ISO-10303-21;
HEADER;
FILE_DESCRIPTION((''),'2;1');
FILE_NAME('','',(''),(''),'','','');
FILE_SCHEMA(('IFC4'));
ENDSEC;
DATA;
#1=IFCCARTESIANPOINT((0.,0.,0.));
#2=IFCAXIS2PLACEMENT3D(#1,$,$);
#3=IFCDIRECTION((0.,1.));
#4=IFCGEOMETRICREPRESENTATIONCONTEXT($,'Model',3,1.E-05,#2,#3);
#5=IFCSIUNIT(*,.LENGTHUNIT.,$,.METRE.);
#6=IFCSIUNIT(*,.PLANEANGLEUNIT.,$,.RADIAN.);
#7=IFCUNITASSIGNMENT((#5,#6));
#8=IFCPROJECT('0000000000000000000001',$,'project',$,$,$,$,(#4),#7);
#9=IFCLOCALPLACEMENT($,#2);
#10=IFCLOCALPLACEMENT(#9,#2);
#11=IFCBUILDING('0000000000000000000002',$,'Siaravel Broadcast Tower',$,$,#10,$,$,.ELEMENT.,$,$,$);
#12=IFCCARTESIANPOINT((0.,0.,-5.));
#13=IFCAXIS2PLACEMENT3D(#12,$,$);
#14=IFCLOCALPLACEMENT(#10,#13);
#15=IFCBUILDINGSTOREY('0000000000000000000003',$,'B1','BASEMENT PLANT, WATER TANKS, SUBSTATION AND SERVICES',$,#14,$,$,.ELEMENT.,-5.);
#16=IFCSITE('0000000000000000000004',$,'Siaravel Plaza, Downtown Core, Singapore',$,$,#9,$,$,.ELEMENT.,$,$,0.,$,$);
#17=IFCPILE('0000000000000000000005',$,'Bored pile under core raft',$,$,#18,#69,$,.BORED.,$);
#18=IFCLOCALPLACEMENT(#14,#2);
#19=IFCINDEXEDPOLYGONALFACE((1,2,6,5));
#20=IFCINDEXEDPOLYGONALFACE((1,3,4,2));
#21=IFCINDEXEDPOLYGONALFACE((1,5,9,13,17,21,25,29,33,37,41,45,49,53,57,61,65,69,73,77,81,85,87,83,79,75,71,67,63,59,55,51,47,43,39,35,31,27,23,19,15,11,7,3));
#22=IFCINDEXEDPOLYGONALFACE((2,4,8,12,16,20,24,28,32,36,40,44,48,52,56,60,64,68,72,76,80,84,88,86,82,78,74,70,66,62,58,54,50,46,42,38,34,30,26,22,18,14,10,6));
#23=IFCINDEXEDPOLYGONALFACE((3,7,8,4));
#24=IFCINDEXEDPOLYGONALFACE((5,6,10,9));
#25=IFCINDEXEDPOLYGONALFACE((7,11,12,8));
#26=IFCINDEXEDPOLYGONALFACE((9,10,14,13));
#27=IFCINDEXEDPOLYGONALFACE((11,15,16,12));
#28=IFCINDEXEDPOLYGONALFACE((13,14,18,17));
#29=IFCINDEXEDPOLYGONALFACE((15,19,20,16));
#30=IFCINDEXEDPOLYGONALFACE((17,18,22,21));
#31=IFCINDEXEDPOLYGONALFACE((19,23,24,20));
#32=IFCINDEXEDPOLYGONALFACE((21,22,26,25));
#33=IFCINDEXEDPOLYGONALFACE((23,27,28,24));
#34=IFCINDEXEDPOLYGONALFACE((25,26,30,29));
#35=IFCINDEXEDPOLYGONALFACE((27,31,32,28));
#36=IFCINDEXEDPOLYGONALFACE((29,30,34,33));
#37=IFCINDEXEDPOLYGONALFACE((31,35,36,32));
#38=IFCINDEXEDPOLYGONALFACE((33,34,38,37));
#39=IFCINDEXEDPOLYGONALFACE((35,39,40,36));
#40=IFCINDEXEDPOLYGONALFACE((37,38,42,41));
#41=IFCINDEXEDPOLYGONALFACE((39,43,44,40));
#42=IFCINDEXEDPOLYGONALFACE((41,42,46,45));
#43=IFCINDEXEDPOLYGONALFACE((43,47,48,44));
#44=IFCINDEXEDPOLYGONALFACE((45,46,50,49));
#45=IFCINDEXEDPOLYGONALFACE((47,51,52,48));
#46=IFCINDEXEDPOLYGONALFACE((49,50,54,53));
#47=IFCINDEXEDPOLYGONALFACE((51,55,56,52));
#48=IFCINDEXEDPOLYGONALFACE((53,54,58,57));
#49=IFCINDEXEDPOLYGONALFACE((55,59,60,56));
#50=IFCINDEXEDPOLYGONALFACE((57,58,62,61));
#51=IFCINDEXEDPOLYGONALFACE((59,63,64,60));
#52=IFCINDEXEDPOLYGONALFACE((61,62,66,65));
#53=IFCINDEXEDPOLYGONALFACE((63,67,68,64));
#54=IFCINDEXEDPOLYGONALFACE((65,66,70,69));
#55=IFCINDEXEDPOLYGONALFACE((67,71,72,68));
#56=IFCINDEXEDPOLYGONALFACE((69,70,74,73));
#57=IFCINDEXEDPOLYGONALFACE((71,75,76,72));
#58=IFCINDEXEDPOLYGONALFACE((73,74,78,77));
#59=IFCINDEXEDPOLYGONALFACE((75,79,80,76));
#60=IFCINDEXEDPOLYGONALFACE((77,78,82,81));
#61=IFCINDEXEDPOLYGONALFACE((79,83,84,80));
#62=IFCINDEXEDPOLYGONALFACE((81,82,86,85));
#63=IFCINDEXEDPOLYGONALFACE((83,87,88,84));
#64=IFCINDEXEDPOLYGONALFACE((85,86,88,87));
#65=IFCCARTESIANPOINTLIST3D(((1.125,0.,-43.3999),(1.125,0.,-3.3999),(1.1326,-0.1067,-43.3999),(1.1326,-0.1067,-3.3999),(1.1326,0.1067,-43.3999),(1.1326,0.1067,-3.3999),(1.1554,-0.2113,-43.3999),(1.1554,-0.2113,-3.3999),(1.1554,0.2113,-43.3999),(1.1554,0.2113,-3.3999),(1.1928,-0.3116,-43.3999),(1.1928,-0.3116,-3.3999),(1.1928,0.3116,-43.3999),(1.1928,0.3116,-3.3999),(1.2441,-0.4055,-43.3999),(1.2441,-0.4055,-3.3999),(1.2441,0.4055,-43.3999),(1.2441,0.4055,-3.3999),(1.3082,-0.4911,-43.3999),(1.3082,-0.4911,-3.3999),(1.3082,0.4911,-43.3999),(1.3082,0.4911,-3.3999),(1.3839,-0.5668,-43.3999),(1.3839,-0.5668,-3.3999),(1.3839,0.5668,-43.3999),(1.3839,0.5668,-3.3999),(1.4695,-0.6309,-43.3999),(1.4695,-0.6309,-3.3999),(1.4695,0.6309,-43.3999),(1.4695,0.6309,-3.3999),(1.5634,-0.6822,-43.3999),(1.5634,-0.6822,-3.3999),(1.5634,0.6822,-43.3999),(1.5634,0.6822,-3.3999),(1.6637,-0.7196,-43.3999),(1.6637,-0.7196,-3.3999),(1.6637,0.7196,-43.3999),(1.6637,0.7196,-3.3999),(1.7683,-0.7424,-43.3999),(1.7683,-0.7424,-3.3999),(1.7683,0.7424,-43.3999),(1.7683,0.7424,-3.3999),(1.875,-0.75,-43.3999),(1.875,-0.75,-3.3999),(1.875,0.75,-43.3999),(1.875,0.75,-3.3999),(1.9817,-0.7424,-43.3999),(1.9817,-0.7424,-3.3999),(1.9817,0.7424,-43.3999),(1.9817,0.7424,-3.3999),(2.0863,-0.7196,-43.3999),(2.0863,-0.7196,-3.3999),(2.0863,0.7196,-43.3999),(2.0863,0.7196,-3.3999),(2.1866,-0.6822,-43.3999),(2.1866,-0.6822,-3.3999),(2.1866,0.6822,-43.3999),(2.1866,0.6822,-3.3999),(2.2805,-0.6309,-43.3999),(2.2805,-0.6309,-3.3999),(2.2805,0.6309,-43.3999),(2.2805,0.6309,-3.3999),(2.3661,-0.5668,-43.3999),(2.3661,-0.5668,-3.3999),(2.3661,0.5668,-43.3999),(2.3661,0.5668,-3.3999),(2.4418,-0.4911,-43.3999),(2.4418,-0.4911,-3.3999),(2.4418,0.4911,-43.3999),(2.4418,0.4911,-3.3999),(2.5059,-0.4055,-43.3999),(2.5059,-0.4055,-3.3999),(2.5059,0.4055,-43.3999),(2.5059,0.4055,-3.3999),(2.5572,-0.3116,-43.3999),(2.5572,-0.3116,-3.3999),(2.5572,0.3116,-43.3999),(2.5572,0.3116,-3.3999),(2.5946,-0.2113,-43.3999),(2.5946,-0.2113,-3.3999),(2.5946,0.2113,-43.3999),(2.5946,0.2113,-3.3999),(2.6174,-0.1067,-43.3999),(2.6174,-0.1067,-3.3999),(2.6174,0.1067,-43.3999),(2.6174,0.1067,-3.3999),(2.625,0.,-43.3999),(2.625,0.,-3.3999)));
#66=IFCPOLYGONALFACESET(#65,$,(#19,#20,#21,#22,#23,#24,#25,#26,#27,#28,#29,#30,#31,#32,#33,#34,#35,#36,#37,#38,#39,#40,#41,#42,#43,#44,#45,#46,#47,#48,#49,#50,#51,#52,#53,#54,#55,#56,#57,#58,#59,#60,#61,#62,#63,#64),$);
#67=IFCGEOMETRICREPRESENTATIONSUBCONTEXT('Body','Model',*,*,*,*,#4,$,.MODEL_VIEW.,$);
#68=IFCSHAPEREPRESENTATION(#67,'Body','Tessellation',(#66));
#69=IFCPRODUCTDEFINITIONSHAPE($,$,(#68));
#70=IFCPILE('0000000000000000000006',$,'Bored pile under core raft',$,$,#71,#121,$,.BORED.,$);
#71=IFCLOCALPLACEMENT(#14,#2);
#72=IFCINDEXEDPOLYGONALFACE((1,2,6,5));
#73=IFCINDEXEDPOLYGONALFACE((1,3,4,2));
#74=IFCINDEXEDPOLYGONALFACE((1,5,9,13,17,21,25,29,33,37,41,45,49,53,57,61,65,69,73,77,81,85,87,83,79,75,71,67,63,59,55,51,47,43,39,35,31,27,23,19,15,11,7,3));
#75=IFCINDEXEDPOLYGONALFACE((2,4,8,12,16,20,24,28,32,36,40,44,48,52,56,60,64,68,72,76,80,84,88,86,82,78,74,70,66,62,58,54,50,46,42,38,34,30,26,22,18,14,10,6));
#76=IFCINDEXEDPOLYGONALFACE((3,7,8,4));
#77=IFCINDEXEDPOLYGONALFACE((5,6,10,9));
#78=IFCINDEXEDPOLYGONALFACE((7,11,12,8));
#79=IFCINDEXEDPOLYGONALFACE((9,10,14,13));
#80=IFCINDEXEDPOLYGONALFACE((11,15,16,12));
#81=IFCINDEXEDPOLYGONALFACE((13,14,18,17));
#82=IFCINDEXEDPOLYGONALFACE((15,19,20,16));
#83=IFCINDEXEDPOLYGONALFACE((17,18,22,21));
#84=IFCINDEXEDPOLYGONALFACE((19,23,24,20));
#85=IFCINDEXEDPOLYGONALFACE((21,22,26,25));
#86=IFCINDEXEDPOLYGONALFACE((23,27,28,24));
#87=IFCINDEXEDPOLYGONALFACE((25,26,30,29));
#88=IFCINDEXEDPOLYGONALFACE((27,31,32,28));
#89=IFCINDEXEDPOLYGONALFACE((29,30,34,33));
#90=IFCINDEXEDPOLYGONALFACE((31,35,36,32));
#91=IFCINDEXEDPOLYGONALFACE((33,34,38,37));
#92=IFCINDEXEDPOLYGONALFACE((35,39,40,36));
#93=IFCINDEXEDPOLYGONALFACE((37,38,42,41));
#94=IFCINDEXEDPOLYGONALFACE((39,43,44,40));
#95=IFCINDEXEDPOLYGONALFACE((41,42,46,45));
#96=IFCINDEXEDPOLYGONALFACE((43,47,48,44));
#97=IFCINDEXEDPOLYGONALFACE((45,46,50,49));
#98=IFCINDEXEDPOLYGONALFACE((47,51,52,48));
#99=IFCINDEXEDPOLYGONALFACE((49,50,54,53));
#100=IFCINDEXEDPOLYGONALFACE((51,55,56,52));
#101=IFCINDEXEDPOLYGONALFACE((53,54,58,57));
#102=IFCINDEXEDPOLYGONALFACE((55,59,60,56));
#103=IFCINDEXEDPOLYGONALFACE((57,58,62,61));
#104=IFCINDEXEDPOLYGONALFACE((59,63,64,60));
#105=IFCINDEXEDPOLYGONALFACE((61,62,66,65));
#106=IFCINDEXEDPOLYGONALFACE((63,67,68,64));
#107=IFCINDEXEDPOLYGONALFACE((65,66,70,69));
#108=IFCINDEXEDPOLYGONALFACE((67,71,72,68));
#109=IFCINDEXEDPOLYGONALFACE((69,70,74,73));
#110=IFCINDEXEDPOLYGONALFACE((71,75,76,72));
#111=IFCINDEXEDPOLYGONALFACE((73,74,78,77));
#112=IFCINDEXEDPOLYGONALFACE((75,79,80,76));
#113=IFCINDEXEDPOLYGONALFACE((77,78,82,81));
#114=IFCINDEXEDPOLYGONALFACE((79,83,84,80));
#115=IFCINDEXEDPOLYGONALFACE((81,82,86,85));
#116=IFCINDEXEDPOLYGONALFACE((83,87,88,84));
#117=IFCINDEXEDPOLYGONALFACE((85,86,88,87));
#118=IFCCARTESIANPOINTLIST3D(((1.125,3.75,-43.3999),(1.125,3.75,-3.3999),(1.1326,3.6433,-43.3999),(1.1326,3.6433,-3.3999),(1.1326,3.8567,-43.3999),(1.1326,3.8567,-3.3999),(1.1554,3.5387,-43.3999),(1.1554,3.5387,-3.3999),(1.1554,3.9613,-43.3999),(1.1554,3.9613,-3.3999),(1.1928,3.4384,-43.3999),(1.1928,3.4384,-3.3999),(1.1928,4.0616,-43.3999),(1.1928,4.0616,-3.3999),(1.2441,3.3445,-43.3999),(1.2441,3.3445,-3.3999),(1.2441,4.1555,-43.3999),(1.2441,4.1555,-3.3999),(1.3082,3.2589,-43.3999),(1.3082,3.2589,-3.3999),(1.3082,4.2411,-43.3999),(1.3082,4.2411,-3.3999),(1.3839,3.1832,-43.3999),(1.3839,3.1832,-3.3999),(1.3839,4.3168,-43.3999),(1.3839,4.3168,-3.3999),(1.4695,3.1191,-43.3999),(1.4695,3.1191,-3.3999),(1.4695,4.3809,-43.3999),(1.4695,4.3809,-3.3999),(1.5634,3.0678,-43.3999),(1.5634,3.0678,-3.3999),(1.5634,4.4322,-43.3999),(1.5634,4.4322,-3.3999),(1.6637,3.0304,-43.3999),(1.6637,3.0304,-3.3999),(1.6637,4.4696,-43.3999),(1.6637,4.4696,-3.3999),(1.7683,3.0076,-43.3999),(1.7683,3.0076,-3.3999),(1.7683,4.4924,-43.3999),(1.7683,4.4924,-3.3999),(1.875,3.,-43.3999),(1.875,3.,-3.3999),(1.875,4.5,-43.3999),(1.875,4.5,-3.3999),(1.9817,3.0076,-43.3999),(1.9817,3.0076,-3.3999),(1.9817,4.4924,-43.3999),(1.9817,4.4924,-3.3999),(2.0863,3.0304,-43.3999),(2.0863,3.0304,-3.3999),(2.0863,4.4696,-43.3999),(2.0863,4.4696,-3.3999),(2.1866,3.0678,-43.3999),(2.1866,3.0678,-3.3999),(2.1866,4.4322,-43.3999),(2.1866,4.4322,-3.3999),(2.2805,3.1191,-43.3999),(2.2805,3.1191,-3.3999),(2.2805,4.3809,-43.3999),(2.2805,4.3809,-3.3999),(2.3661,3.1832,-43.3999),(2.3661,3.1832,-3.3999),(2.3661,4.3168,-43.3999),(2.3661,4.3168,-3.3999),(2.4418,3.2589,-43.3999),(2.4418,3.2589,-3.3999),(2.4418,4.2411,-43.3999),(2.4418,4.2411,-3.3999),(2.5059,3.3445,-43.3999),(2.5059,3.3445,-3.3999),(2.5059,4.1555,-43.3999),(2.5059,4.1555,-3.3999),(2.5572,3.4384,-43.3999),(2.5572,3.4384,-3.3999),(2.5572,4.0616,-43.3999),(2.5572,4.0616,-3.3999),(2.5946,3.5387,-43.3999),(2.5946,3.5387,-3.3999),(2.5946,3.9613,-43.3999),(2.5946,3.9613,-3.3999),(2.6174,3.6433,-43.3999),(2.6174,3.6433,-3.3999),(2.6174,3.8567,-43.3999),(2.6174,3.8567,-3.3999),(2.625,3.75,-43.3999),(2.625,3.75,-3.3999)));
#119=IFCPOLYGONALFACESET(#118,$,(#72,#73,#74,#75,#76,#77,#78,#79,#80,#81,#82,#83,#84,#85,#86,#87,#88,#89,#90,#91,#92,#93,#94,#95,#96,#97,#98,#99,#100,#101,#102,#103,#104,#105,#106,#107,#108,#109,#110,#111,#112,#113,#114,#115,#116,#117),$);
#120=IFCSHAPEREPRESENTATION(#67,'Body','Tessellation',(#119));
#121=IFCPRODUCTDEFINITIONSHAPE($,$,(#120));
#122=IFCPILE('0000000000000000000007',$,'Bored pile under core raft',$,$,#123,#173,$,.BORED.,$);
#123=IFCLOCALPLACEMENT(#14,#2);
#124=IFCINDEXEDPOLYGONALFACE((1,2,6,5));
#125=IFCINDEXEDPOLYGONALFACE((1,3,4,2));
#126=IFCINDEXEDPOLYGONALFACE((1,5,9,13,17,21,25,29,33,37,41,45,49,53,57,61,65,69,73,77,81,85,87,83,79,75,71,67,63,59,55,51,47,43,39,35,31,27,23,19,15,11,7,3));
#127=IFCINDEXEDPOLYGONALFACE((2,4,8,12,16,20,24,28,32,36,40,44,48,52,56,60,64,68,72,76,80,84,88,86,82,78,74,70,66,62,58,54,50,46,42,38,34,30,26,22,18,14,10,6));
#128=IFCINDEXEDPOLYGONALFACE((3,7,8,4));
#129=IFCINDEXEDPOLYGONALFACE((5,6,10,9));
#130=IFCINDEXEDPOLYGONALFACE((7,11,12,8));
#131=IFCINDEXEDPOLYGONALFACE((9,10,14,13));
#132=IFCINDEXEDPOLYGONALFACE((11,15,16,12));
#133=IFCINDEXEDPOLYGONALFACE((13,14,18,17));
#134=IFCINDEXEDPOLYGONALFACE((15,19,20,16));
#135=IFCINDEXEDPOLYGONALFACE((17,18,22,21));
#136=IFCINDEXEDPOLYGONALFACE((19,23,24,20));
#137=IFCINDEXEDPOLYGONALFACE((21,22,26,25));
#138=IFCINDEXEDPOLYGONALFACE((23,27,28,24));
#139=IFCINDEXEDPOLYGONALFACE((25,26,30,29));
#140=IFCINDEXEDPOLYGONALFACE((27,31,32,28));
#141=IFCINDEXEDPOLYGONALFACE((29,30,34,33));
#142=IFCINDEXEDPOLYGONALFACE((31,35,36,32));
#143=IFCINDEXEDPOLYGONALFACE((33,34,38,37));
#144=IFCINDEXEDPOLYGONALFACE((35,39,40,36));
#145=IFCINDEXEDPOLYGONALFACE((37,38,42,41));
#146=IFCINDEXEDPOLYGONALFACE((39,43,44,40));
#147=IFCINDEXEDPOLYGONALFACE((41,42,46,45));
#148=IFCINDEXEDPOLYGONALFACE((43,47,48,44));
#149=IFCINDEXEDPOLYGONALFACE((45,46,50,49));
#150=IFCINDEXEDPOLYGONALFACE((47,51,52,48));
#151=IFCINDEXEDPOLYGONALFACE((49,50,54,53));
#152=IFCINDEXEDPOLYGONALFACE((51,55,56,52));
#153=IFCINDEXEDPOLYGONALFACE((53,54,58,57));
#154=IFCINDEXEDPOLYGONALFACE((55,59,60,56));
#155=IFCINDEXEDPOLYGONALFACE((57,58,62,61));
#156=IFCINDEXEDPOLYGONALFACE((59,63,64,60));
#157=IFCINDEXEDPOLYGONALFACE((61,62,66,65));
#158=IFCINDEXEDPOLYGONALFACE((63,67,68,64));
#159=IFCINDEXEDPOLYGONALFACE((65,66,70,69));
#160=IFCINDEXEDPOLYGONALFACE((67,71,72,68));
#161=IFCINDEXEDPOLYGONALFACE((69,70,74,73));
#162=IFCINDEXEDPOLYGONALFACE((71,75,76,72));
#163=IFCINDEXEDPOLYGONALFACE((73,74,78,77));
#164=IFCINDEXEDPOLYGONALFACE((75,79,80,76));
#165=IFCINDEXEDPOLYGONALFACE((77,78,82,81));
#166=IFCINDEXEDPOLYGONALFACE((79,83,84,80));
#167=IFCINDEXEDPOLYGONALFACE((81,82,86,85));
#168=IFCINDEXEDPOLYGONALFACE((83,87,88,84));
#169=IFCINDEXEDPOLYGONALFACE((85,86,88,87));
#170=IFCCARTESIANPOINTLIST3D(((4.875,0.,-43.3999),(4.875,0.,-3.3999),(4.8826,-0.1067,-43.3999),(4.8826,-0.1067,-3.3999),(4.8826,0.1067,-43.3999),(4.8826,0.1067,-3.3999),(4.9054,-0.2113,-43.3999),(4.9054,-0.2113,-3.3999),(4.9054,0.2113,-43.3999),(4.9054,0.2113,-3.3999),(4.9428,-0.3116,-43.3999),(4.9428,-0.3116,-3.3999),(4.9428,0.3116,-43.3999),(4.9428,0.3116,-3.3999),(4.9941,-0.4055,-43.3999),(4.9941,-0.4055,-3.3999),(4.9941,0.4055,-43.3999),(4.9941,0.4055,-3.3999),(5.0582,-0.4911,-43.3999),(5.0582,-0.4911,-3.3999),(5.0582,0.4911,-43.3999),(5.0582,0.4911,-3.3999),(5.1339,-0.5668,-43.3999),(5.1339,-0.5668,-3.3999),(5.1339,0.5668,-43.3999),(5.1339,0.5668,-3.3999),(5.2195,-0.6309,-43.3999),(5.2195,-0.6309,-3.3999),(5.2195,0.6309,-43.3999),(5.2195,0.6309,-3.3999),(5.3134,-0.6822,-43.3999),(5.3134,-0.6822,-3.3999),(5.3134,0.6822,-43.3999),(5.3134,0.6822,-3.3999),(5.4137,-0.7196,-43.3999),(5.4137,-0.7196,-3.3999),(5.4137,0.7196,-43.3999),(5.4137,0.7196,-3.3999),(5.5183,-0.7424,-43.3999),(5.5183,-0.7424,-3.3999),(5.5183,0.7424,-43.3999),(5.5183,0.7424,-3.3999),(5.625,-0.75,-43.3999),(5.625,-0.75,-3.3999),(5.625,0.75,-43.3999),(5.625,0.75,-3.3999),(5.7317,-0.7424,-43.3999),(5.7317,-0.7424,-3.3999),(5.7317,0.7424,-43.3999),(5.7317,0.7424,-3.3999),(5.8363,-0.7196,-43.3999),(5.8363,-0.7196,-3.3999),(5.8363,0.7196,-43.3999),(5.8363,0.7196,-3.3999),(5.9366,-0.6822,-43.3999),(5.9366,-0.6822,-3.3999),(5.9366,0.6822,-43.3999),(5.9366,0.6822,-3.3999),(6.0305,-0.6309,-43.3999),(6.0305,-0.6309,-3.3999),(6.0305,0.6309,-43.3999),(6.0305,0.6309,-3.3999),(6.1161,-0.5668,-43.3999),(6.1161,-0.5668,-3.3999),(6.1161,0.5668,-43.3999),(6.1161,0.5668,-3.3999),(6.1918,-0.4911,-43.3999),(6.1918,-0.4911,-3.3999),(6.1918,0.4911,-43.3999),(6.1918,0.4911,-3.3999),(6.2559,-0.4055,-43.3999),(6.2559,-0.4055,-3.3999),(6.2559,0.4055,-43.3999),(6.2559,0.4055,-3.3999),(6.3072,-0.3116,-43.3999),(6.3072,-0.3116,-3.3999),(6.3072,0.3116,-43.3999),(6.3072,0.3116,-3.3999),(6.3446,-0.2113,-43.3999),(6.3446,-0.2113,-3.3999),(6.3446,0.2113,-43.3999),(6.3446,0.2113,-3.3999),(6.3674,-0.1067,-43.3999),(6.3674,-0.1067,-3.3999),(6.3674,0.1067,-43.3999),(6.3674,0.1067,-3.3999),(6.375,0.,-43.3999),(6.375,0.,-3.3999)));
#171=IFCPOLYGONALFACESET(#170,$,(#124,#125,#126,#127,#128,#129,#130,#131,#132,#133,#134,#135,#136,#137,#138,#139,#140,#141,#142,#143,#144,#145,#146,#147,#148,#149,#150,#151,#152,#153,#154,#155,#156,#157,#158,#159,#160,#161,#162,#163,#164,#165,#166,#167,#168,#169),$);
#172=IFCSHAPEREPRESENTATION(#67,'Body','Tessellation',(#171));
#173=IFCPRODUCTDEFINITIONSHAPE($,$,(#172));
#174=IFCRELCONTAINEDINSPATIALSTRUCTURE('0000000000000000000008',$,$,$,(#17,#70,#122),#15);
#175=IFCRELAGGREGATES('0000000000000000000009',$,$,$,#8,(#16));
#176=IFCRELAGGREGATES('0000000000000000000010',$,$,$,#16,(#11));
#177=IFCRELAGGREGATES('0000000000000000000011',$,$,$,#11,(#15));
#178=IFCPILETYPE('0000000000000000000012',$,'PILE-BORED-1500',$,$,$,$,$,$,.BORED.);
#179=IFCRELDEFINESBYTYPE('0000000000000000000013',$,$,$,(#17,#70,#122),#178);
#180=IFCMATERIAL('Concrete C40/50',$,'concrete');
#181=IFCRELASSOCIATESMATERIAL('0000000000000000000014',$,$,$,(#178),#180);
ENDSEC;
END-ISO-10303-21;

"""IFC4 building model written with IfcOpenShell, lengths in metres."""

from ifc_helpers import new_model, si_unit, direction, frame, origin, origin_2d, place, context, subcontext, project, spatial, circle, extrude, material, material_profile, profile_set, type_object, element, save


model = new_model("IFC4")

# Units and contexts
model_context = context("Model", 3, precision=1e-05, world=origin(), true_north=direction((0.0, 1.0)))
body_context = subcontext(model_context, "Body", "Model", "MODEL_VIEW")
ifc_project = project(units=[si_unit("LENGTHUNIT", "METRE"), si_unit("PLANEANGLEUNIT", "RADIAN")], contexts=[model_context])

# Site, building, storey
site_placement = place(None, origin())
site = spatial("IfcSite", under=ifc_project, at=site_placement, Name="Siaravel Plaza, Downtown Core, Singapore", CompositionType="ELEMENT", RefElevation=0.0)
building_placement = place(site_placement, origin())
building = spatial("IfcBuilding", under=site, at=building_placement, Name="Siaravel Broadcast Tower", CompositionType="ELEMENT")
storey_placement = place(building_placement, frame((0.0, 0.0, -5.0)))
storey = spatial("IfcBuildingStorey", under=building, at=storey_placement, Name="B1", Description="BASEMENT PLANT, WATER TANKS, SUBSTATION AND SERVICES", CompositionType="ELEMENT", Elevation=-5.0)

# Piles
ifc_material_1 = material(Name="Concrete C40/50", Category="concrete")
ifc_material_profile = material_profile(ifc_material_1, circle(Radius=0.75, at=origin_2d()))
ifc_profile_set = profile_set([ifc_material_profile], Name="Concrete C40/50")
pile_type = type_object("IfcPileType", Name="PILE-BORED-1500", PredefinedType="BORED", material=ifc_profile_set)
for number, where, z_axis, x_axis, name in (
    (1, (1.875, 0.0, -3.3999), (0.0, 0.0, -1.0), (1.0, 0.0, 0.0), "Bored pile under core raft"),
    (2, (1.875, 3.75, -3.3999), (0.0, 0.0, -1.0), (1.0, 0.0, 0.0), "Bored pile under core raft"),
    (3, (5.625, 0.0, -3.3999), (0.0, 0.0, -1.0), (1.0, 0.0, 0.0), "Bored pile under core raft"),
):
    element("IfcPile", number, at=place(storey_placement, frame(where, z_axis=z_axis, x_axis=x_axis)), inside=storey, type_object=pile_type, Name=name, PredefinedType="BORED", context=body_context, shape_type="SweptSolid", body=[
        extrude(circle(Radius=0.75, at=origin_2d()), origin(), (0.0, 0.0, 1.0), 40.0),
    ])

save(model, "model.ifc")
